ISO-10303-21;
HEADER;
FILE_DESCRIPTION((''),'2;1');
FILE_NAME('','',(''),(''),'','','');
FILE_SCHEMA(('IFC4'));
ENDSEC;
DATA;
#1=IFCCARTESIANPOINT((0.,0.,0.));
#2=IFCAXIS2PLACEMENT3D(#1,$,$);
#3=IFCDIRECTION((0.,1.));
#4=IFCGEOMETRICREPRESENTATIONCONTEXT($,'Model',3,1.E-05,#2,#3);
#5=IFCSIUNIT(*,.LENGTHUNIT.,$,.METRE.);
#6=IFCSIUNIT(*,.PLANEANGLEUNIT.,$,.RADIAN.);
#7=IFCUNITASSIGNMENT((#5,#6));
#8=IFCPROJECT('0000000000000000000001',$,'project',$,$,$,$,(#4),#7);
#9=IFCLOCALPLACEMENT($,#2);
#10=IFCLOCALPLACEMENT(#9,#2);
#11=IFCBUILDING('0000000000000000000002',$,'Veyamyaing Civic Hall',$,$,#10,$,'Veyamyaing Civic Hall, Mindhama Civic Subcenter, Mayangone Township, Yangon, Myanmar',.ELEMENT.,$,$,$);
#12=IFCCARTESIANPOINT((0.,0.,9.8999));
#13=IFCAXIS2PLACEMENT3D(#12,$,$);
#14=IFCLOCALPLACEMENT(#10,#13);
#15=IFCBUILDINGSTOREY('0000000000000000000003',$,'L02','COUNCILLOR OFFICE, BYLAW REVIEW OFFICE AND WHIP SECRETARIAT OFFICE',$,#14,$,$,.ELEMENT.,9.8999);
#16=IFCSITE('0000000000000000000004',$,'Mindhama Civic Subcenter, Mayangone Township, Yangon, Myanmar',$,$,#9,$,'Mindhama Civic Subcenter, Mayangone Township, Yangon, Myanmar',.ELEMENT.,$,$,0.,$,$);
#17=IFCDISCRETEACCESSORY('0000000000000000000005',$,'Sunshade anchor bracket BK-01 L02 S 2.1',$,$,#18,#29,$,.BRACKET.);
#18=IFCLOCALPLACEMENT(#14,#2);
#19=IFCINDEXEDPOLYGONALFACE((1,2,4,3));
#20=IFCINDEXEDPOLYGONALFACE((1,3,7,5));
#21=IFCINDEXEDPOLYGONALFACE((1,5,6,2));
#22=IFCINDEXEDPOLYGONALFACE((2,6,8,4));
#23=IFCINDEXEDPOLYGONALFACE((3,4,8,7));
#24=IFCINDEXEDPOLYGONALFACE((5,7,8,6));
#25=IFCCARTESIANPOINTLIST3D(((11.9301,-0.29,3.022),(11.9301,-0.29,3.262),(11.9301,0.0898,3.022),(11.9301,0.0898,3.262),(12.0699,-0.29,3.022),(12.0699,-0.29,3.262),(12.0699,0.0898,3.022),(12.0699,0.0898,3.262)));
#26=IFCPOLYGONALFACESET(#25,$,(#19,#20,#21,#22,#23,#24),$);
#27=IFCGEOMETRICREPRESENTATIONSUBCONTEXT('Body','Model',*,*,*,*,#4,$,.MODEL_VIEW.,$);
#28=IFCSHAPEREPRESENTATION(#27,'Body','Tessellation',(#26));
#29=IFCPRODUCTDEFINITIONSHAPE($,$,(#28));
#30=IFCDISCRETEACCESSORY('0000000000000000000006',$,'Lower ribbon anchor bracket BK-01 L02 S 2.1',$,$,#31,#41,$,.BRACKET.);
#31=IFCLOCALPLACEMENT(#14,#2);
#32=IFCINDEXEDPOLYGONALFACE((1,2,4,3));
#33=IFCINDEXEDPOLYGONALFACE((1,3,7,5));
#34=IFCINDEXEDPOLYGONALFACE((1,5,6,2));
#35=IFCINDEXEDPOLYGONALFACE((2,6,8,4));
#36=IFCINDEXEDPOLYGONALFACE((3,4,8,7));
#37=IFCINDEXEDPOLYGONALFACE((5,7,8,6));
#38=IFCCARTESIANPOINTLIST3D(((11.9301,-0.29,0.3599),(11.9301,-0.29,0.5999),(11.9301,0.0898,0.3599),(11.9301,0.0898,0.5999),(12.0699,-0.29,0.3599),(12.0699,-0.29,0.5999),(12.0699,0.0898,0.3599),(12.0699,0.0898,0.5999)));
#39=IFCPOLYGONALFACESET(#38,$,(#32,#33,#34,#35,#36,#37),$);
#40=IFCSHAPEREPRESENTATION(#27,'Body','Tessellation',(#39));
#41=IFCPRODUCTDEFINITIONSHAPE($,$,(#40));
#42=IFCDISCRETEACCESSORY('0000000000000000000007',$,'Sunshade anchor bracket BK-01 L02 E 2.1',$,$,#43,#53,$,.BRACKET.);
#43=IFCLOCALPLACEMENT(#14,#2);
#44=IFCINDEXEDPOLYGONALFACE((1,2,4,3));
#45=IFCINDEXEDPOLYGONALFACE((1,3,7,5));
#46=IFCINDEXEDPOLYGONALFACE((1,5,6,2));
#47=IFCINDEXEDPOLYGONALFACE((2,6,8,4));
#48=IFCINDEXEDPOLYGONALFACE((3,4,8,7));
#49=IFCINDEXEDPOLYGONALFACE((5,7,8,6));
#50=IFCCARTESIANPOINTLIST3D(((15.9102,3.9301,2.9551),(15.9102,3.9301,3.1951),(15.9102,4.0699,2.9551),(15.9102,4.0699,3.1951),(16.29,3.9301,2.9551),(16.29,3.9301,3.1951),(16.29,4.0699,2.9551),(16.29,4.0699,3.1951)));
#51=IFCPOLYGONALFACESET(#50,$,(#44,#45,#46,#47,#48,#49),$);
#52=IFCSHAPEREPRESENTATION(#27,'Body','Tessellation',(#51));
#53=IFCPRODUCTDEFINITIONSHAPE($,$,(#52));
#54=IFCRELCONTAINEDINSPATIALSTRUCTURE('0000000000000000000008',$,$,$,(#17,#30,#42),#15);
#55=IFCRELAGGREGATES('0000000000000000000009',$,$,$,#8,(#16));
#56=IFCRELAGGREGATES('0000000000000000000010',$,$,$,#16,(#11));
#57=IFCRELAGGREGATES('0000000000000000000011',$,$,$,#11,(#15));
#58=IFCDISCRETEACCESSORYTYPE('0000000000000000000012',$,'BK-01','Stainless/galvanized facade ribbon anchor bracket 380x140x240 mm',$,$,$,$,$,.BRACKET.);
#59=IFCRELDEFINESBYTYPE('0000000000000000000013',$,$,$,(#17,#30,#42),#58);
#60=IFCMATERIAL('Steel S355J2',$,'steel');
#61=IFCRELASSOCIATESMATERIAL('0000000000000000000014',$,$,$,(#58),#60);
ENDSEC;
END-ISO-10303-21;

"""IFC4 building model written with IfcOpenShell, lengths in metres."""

from ifc_helpers import new_model, si_unit, direction, frame, origin, origin_2d, place, context, subcontext, project, spatial, rectangle, extrude, material, type_object, element, save


model = new_model("IFC4")

# Units and contexts
model_context = context("Model", 3, precision=1e-05, world=origin(), true_north=direction((0.0, 1.0)))
body_context = subcontext(model_context, "Body", "Model", "MODEL_VIEW")
ifc_project = project(units=[si_unit("LENGTHUNIT", "METRE"), si_unit("PLANEANGLEUNIT", "RADIAN")], contexts=[model_context])

# Site, building, storey
site_placement = place(None, origin())
site = spatial("IfcSite", under=ifc_project, at=site_placement, Name="Mindhama Civic Subcenter, Mayangone Township, Yangon, Myanmar", LongName="Mindhama Civic Subcenter, Mayangone Township, Yangon, Myanmar", CompositionType="ELEMENT", RefElevation=0.0)
building_placement = place(site_placement, origin())
building = spatial("IfcBuilding", under=site, at=building_placement, Name="Veyamyaing Civic Hall", LongName="Veyamyaing Civic Hall, Mindhama Civic Subcenter, Mayangone Township, Yangon, Myanmar", CompositionType="ELEMENT")
storey_placement = place(building_placement, frame((0.0, 0.0, 9.8999)))
storey = spatial("IfcBuildingStorey", under=building, at=storey_placement, Name="L02", Description="COUNCILLOR OFFICE, BYLAW REVIEW OFFICE AND WHIP SECRETARIAT OFFICE", CompositionType="ELEMENT", Elevation=9.8999)

# Shared definitions
ifc_material_1 = material(Name="Steel S355J2", Category="steel")

# Discrete accessories
discrete_accessory_type = type_object("IfcDiscreteAccessoryType", Name="BK-01", Description="Stainless/galvanized facade ribbon anchor bracket 380x140x240 mm", PredefinedType="BRACKET", material=ifc_material_1)
for number, where, z_axis, x_axis, name in (
    (1, (12.0, -0.1001, 3.022), (0.0, 0.0, 1.0), (0.0, -1.0, 0.0), "Sunshade anchor bracket BK-01 L02 S 2.1"),
    (2, (12.0, -0.1001, 0.3599), (0.0, 0.0, 1.0), (0.0, -1.0, 0.0), "Lower ribbon anchor bracket BK-01 L02 S 2.1"),
    (3, (16.1001, 4.0, 2.9551), (0.0, 0.0, 1.0), (1.0, 0.0, 0.0), "Sunshade anchor bracket BK-01 L02 E 2.1"),
):
    element("IfcDiscreteAccessory", number, at=place(storey_placement, frame(where, z_axis=z_axis, x_axis=x_axis)), inside=storey, type_object=discrete_accessory_type, Name=name, PredefinedType="BRACKET", context=body_context, shape_type="SweptSolid", body=[
        extrude(rectangle(XDim=0.3799, YDim=0.1399, at=origin_2d()), origin(), (0.0, 0.0, 1.0), 0.24),
    ])

save(model, "model.ifc")
